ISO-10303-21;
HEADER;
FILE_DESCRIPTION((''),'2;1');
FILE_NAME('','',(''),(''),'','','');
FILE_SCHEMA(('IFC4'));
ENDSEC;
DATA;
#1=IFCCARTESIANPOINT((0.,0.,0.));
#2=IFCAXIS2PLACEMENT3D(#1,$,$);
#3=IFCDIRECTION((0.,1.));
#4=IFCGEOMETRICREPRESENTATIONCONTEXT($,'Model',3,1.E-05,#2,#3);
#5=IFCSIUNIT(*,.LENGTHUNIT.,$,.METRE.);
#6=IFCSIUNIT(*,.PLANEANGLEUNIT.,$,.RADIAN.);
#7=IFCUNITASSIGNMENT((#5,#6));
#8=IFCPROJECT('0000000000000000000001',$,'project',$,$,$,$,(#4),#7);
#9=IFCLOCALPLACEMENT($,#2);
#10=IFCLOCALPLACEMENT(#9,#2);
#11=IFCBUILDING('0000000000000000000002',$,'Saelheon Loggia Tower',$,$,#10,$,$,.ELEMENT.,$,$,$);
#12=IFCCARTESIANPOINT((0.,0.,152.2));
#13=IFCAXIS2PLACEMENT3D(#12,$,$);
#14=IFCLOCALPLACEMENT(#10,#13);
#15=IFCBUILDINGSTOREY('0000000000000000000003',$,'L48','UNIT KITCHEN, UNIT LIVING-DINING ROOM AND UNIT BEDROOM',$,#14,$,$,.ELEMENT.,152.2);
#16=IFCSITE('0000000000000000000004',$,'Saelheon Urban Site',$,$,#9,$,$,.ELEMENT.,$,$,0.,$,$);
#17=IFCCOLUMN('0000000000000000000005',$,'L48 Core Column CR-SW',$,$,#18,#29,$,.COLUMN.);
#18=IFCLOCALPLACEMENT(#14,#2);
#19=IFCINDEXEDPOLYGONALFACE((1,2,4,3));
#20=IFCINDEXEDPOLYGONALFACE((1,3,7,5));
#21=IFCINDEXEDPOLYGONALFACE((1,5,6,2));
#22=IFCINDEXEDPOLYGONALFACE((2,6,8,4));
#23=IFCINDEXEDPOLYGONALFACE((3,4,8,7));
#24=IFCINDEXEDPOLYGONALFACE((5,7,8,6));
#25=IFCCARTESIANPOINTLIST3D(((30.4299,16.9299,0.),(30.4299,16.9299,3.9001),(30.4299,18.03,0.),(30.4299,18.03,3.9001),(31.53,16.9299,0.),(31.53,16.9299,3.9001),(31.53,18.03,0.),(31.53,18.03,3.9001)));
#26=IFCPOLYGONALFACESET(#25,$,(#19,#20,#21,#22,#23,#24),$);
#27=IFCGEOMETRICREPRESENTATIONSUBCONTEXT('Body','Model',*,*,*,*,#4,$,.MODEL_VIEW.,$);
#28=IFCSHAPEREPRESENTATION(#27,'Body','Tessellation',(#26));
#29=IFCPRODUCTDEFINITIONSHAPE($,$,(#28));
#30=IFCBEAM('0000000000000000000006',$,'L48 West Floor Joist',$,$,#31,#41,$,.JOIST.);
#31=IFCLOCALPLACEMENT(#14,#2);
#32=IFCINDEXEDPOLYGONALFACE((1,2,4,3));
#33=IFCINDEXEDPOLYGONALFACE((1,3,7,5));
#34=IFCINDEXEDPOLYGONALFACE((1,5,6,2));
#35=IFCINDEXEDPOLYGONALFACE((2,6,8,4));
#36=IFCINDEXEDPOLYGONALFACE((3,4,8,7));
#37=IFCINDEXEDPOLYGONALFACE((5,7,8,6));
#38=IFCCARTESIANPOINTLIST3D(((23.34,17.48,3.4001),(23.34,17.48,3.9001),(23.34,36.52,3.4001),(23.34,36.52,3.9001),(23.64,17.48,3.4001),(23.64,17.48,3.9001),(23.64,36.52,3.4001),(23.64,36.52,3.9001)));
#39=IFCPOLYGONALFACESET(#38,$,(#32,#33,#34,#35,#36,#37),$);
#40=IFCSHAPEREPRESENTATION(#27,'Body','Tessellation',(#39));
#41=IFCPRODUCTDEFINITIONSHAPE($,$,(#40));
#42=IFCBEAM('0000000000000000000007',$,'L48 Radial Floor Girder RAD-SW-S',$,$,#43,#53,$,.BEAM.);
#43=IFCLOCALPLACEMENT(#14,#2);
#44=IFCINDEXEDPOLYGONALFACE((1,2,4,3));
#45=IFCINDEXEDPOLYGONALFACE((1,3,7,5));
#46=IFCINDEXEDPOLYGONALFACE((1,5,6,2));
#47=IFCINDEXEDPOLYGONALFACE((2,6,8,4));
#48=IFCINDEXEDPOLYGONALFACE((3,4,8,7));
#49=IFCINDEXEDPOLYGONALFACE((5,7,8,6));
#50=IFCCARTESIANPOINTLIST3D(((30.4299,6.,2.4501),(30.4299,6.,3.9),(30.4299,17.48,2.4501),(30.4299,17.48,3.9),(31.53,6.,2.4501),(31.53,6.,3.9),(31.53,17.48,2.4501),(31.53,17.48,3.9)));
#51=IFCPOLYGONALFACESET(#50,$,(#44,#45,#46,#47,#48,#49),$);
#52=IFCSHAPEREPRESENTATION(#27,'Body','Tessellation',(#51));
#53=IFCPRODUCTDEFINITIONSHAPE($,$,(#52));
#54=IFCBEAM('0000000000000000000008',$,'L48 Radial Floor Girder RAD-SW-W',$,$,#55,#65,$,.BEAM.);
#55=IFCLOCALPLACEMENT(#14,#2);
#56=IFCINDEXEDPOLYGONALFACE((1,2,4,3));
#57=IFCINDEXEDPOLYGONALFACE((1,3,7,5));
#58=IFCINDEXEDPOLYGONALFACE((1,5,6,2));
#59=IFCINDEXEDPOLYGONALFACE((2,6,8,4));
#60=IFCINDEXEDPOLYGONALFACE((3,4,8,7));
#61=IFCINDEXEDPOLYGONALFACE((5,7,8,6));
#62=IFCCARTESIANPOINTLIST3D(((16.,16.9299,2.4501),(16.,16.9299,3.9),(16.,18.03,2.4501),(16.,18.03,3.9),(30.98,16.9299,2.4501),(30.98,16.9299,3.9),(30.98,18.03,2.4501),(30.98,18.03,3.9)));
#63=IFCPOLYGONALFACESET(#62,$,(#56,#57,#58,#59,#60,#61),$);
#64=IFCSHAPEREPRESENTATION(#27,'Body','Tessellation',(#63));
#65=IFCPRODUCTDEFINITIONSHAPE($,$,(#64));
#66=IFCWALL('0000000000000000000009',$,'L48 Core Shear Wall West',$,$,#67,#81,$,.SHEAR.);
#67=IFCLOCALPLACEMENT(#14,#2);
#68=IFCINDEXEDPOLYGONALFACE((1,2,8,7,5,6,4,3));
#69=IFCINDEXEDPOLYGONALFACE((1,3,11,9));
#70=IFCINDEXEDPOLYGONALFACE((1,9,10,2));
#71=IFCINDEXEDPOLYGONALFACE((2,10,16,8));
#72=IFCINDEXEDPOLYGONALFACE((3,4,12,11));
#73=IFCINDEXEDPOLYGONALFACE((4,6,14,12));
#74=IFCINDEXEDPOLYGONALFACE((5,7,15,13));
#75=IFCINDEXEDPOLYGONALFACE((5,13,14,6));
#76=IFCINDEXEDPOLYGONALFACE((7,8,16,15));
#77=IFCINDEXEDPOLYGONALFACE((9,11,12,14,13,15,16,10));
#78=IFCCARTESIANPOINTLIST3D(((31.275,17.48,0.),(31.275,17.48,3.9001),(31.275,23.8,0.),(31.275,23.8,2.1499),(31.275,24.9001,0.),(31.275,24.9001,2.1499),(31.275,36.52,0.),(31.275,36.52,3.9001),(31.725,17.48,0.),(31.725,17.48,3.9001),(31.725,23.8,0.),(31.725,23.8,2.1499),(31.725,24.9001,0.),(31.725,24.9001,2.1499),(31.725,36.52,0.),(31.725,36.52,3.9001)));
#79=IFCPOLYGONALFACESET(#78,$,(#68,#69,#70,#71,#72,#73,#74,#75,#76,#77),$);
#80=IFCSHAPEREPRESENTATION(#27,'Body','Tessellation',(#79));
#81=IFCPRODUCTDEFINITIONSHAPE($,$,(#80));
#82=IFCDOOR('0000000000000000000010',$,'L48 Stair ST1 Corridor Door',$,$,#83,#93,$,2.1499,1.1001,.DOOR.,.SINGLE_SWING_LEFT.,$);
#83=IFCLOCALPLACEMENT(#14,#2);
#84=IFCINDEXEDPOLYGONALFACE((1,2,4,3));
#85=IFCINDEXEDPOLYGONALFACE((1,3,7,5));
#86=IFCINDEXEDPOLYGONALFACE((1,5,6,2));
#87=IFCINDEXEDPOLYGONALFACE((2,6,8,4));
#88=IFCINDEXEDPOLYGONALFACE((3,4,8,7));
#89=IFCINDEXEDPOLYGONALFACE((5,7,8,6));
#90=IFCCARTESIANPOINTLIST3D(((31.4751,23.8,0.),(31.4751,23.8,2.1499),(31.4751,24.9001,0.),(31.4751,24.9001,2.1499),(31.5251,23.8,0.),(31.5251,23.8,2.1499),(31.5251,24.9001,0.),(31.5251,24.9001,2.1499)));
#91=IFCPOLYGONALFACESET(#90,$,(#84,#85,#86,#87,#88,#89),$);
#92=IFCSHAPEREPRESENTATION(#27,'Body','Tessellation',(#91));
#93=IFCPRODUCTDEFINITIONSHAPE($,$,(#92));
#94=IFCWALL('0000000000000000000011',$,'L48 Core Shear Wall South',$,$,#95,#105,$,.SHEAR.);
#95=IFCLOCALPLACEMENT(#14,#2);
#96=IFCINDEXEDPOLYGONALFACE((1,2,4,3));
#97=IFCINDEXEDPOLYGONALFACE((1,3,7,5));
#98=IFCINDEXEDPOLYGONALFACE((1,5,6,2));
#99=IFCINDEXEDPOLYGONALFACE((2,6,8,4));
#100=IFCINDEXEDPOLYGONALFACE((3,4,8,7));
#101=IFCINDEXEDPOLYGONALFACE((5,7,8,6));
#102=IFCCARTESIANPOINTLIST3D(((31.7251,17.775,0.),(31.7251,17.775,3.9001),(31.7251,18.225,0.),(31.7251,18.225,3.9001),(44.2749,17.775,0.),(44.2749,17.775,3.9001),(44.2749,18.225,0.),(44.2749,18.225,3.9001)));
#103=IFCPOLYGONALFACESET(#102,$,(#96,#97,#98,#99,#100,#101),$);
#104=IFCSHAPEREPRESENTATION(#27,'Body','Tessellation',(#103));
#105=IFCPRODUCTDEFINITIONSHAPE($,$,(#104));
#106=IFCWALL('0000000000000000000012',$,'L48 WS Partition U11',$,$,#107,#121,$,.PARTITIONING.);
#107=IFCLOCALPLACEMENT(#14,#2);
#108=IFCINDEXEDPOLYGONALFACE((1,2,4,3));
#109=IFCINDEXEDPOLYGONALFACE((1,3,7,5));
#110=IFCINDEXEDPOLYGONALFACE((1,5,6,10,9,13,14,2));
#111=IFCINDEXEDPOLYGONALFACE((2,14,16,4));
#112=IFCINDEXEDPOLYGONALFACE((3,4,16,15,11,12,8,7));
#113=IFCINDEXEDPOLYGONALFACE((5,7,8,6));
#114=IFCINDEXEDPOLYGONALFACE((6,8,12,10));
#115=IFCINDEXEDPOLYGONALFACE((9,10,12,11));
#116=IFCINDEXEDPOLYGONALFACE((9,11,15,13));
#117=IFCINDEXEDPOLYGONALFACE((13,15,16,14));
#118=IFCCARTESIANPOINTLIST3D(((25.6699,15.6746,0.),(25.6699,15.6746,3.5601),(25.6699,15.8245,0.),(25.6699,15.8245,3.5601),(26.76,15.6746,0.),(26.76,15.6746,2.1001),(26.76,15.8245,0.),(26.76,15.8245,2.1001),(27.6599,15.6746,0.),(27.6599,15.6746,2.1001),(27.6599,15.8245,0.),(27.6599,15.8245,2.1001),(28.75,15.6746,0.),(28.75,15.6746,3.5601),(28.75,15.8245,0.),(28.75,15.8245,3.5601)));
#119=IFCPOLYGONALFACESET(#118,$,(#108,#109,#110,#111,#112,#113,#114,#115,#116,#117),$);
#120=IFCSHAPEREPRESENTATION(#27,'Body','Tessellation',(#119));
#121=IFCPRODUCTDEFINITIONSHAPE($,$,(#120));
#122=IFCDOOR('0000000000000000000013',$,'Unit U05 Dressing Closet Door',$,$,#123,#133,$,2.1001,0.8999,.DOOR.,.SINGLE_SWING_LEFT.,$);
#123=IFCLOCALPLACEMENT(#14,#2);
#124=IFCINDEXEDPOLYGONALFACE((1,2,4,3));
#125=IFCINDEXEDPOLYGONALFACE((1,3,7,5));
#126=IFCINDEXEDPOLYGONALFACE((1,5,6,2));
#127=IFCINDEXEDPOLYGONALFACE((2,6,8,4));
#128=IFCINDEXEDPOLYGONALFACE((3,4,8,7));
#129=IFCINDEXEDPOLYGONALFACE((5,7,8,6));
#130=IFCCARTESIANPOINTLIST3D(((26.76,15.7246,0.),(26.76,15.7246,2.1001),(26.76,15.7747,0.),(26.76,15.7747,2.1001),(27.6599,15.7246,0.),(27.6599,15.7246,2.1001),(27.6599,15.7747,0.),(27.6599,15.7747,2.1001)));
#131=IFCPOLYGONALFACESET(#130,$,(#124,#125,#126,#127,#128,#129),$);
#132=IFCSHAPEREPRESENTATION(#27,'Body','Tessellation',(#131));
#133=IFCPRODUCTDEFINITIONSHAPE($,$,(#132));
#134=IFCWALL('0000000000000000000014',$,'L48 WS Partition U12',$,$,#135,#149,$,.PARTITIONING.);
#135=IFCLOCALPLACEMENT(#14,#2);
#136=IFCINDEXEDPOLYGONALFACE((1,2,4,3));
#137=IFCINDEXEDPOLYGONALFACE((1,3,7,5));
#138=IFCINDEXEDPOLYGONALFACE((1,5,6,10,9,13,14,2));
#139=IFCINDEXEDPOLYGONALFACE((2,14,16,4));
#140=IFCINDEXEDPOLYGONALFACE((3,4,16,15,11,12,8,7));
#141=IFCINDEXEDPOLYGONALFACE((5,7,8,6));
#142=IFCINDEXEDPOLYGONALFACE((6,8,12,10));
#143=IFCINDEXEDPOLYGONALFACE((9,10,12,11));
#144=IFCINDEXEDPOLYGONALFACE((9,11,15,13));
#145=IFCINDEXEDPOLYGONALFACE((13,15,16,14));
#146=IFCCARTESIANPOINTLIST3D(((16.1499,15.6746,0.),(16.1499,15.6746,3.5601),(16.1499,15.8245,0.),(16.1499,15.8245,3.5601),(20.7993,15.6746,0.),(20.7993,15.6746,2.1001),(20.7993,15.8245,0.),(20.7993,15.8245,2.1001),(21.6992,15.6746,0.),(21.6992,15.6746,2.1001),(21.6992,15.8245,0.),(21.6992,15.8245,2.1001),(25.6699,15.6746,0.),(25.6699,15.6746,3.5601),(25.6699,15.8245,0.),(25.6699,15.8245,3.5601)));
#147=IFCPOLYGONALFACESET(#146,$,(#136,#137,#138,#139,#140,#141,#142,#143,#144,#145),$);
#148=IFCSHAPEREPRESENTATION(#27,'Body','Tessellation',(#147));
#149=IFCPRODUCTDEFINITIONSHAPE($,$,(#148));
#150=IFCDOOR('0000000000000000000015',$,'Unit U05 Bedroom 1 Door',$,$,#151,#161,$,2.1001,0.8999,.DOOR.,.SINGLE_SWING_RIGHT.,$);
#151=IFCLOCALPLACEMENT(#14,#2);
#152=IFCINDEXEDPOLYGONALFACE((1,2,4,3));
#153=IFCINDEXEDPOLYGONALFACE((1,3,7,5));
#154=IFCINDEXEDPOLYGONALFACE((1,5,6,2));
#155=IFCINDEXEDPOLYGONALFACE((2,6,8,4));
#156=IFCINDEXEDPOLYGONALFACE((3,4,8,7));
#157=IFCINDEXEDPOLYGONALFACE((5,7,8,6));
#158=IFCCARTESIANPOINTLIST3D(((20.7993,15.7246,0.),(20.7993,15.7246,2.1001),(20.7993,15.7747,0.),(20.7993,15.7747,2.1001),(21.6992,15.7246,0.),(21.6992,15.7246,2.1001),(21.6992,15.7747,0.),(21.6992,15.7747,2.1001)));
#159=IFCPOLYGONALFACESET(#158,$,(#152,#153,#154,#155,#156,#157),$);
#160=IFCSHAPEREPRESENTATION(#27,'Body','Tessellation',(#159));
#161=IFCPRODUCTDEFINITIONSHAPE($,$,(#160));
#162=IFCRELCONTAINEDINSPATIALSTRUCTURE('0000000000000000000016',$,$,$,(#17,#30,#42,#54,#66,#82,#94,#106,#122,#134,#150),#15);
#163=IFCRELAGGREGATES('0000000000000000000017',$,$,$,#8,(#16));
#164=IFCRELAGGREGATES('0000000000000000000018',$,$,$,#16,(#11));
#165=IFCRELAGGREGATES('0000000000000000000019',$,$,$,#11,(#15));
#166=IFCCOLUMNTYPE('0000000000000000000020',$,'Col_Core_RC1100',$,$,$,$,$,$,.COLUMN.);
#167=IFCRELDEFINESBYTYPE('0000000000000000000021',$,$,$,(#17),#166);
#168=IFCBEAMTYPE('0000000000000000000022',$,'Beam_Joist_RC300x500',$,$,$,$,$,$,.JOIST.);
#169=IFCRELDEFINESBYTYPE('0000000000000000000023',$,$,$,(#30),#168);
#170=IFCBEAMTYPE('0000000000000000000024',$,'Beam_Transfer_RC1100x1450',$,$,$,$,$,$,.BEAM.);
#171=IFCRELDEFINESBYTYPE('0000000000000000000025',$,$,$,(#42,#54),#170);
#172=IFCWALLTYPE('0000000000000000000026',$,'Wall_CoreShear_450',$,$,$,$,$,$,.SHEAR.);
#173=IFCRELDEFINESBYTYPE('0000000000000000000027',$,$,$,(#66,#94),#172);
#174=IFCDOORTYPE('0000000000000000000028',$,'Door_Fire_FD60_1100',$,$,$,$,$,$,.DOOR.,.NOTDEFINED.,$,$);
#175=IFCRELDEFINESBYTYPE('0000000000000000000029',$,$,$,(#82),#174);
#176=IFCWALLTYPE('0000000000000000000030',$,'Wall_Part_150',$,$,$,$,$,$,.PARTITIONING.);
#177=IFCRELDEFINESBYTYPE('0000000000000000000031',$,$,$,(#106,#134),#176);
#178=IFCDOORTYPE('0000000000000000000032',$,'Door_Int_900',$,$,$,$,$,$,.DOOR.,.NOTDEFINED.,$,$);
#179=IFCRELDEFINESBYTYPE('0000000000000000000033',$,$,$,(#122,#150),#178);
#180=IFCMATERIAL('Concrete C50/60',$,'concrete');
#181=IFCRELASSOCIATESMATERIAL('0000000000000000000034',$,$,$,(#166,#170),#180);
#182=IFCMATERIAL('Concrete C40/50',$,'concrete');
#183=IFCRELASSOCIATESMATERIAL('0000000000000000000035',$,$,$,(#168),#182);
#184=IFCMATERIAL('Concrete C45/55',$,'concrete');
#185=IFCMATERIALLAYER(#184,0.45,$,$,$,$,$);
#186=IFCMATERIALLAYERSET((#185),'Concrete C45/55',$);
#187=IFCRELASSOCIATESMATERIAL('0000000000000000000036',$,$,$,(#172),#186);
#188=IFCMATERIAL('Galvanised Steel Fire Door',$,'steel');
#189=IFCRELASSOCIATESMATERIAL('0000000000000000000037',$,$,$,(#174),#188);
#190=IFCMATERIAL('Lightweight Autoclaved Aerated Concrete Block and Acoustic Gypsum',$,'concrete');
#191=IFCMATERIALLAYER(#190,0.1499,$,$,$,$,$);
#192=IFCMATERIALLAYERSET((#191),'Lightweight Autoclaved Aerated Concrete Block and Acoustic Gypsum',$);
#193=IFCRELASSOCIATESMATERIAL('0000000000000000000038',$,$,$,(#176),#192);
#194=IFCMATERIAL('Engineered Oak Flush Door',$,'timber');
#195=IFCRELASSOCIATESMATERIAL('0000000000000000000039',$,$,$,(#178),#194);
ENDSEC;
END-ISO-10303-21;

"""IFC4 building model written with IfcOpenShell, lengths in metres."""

from ifc_helpers import new_model, si_unit, direction, frame, frame_2d, origin, origin_2d, place, context, subcontext, project, spatial, rectangle, extrude, source, transform, mapped, material, layer, layer_set, material_profile, profile_set, type_object, element, fill, save


model = new_model("IFC4")

# Units and contexts
model_context = context("Model", 3, precision=1e-05, world=origin(), true_north=direction((0.0, 1.0)))
body_context = subcontext(model_context, "Body", "Model", "MODEL_VIEW")
ifc_project = project(units=[si_unit("LENGTHUNIT", "METRE"), si_unit("PLANEANGLEUNIT", "RADIAN")], contexts=[model_context])

# Site, building, storey
site_placement = place(None, origin())
site = spatial("IfcSite", under=ifc_project, at=site_placement, Name="Saelheon Urban Site", CompositionType="ELEMENT", RefElevation=0.0)
building_placement = place(site_placement, origin())
building = spatial("IfcBuilding", under=site, at=building_placement, Name="Saelheon Loggia Tower", CompositionType="ELEMENT")
storey_placement = place(building_placement, frame((0.0, 0.0, 152.2)))
storey = spatial("IfcBuildingStorey", under=building, at=storey_placement, Name="L48", Description="UNIT KITCHEN, UNIT LIVING-DINING ROOM AND UNIT BEDROOM", CompositionType="ELEMENT", Elevation=152.2)

# Column
ifc_material_1 = material(Name="Concrete C50/60", Category="concrete")
ifc_material_profile_1 = material_profile(ifc_material_1, rectangle(XDim=1.1001, YDim=1.1001, at=origin_2d()), Name="RC-1100x1100")
ifc_profile_set_1 = profile_set([ifc_material_profile_1], Name="Concrete C50/60")
column_type = type_object("IfcColumnType", Name="Col_Core_RC1100", PredefinedType="COLUMN", material=ifc_profile_set_1)
shared_shape_1 = source(origin(), body_context, "Body", "SweptSolid", [
    extrude(rectangle(XDim=1.1001, YDim=1.1001, at=origin_2d()), origin(), (0.0, 0.0, 1.0), 3.9001),
])
column_placement = place(storey_placement, frame((30.98, 17.48, 0.0), z_axis=(0.0, 0.0, 1.0), x_axis=(1.0, 0.0, 0.0)))
element("IfcColumn", 1, at=column_placement, inside=storey, type_object=column_type, Name="L48 Core Column CR-SW", PredefinedType="COLUMN", context=body_context, shape_type="MappedRepresentation", body=[
    mapped(shared_shape_1, transform((0.0, 0.0, 0.0), scale=1.0)),
])

# Beams
ifc_material_2 = material(Name="Concrete C40/50", Category="concrete")
ifc_material_profile_2 = material_profile(ifc_material_2, rectangle(XDim=0.3, YDim=0.5, at=origin_2d()), Name="RC-300x500")
ifc_profile_set_2 = profile_set([ifc_material_profile_2], Name="Concrete C40/50")
beam_type_1 = type_object("IfcBeamType", Name="Beam_Joist_RC300x500", PredefinedType="JOIST", material=ifc_profile_set_2)
shared_shape_2 = source(origin(), body_context, "Body", "SweptSolid", [
    extrude(rectangle(XDim=0.3, YDim=0.5, at=origin_2d()), origin(), (0.0, 0.0, 1.0), 19.04),
])
beam_1_placement = place(storey_placement, frame((23.49, 17.48, 3.6501), z_axis=(0.0, 1.0, 0.0), x_axis=(-1.0, 0.0, 0.0)))
element("IfcBeam", 2, at=beam_1_placement, inside=storey, type_object=beam_type_1, Name="L48 West Floor Joist", PredefinedType="JOIST", context=body_context, shape_type="MappedRepresentation", body=[
    mapped(shared_shape_2, transform((0.0, 0.0, 0.0), scale=1.0)),
])
ifc_material_profile_3 = material_profile(ifc_material_1, rectangle(XDim=1.1001, YDim=1.45, at=origin_2d()), Name="RC-1100x1450")
ifc_profile_set_3 = profile_set([ifc_material_profile_3], Name="Concrete C50/60")
beam_type_2 = type_object("IfcBeamType", Name="Beam_Transfer_RC1100x1450", PredefinedType="BEAM", material=ifc_profile_set_3)
shared_shape_3 = source(origin(), body_context, "Body", "SweptSolid", [
    extrude(rectangle(XDim=1.1001, YDim=1.45, at=origin_2d()), origin(), (0.0, 0.0, 1.0), 11.48),
])
beam_2_placement = place(storey_placement, frame((30.98, 17.48, 3.175), z_axis=(0.0, -1.0, 0.0), x_axis=(1.0, 0.0, 0.0)))
element("IfcBeam", 3, at=beam_2_placement, inside=storey, type_object=beam_type_2, Name="L48 Radial Floor Girder RAD-SW-S", PredefinedType="BEAM", context=body_context, shape_type="MappedRepresentation", body=[
    mapped(shared_shape_3, transform((0.0, 0.0, 0.0), scale=1.0)),
])
shared_shape_4 = source(origin(), body_context, "Body", "SweptSolid", [
    extrude(rectangle(XDim=1.1001, YDim=1.45, at=origin_2d()), origin(), (0.0, 0.0, 1.0), 14.98),
])
beam_3_placement = place(storey_placement, frame((30.98, 17.48, 3.175), z_axis=(-1.0, 0.0, 0.0), x_axis=(0.0, -1.0, 0.0)))
element("IfcBeam", 4, at=beam_3_placement, inside=storey, type_object=beam_type_2, Name="L48 Radial Floor Girder RAD-SW-W", PredefinedType="BEAM", context=body_context, shape_type="MappedRepresentation", body=[
    mapped(shared_shape_4, transform((0.0, 0.0, 0.0), scale=1.0)),
])

# Wall, opening, door
ifc_material_3 = material(Name="Concrete C45/55", Category="concrete")
ifc_layer_1 = layer(ifc_material_3, 0.45)
ifc_layer_set_1 = layer_set([ifc_layer_1], Name="Concrete C45/55")
wall_type_1 = type_object("IfcWallType", Name="Wall_CoreShear_450", PredefinedType="SHEAR", material=ifc_layer_set_1)
wall_1_placement = place(storey_placement, frame((31.5, 17.48, 0.0), z_axis=(0.0, 0.0, 1.0), x_axis=(0.0, 1.0, 0.0)))
wall_1 = element("IfcWall", 5, at=wall_1_placement, inside=storey, type_object=wall_type_1, Name="L48 Core Shear Wall West", PredefinedType="SHEAR", context=body_context, shape_type="SweptSolid", body=[
    extrude(rectangle(XDim=19.04, YDim=0.45, at=frame_2d((9.52, 0.0))), origin(), (0.0, 0.0, 1.0), 3.9001),
])
opening_1_placement = place(wall_1_placement, frame((6.3201, 0.0, 0.0)))
opening_1 = element("IfcOpeningElement", 6, at=opening_1_placement, cuts=wall_1, PredefinedType="OPENING", context=body_context, shape_type="SweptSolid", body=[
    extrude(rectangle(XDim=1.1001, YDim=2.1499, at=frame_2d((0.55, 1.075))), frame((0.0, 0.2371, 0.0), z_axis=(0.0, -1.0, 0.0), x_axis=(1.0, 0.0, 0.0)), (0.0, 0.0, 1.0), 0.4739),
])
ifc_material_4 = material(Name="Galvanised Steel Fire Door", Category="steel")
door_type_1 = type_object("IfcDoorType", Name="Door_Fire_FD60_1100", OperationType="NOTDEFINED", PredefinedType="DOOR", material=ifc_material_4)
shared_shape_5 = source(origin(), body_context, "Body", "SweptSolid", [
    extrude(rectangle(XDim=1.1001, YDim=2.1499, at=frame_2d((0.55, 1.075))), frame((0.0, 0.0249, 0.0), z_axis=(0.0, -1.0, 0.0), x_axis=(1.0, 0.0, 0.0)), (0.0, 0.0, 1.0), 0.05),
])
door_1_placement = place(opening_1_placement, origin())
door_1 = element("IfcDoor", 7, at=door_1_placement, inside=storey, type_object=door_type_1, Name="L48 Stair ST1 Corridor Door", OperationType="SINGLE_SWING_LEFT", OverallHeight=2.1499, OverallWidth=1.1001, PredefinedType="DOOR", context=body_context, shape_type="MappedRepresentation", body=[
    mapped(shared_shape_5, transform((0.0, 0.0, 0.0), scale=1.0)),
])
fill(opening_1, door_1)

# Wall
wall_2_placement = place(storey_placement, frame((31.7251, 18.0, 0.0), z_axis=(0.0, 0.0, 1.0), x_axis=(1.0, 0.0, 0.0)))
element("IfcWall", 8, at=wall_2_placement, inside=storey, type_object=wall_type_1, Name="L48 Core Shear Wall South", PredefinedType="SHEAR", context=body_context, shape_type="SweptSolid", body=[
    extrude(rectangle(XDim=12.5498, YDim=0.45, at=frame_2d((6.2749, 0.0))), origin(), (0.0, 0.0, 1.0), 3.9001),
])

# Walls, openings, doors
ifc_material_5 = material(Name="Lightweight Autoclaved Aerated Concrete Block and Acoustic Gypsum", Category="concrete")
ifc_layer_2 = layer(ifc_material_5, 0.1499)
ifc_layer_set_2 = layer_set([ifc_layer_2], Name="Lightweight Autoclaved Aerated Concrete Block and Acoustic Gypsum")
wall_type_2 = type_object("IfcWallType", Name="Wall_Part_150", PredefinedType="PARTITIONING", material=ifc_layer_set_2)
wall_3_placement = place(storey_placement, frame((28.75, 15.7495, 0.0), z_axis=(0.0, 0.0, 1.0), x_axis=(-1.0, 0.0, 0.0)))
wall_3 = element("IfcWall", 9, at=wall_3_placement, inside=storey, type_object=wall_type_2, Name="L48 WS Partition U11", PredefinedType="PARTITIONING", context=body_context, shape_type="SweptSolid", body=[
    extrude(rectangle(XDim=3.0801, YDim=0.1499, at=frame_2d((1.54, 0.0))), origin(), (0.0, 0.0, 1.0), 3.5601),
])
opening_2_placement = place(wall_3_placement, frame((1.0901, 0.0, 0.0)))
opening_2 = element("IfcOpeningElement", 10, at=opening_2_placement, cuts=wall_3, PredefinedType="OPENING", context=body_context, shape_type="SweptSolid", body=[
    extrude(rectangle(XDim=0.8999, YDim=2.1001, at=frame_2d((0.45, 1.05))), frame((0.0, 0.0869, 0.0), z_axis=(0.0, -1.0, 0.0), x_axis=(1.0, 0.0, 0.0)), (0.0, 0.0, 1.0), 0.1738),
])
ifc_material_6 = material(Name="Engineered Oak Flush Door", Category="timber")
door_type_2 = type_object("IfcDoorType", Name="Door_Int_900", OperationType="NOTDEFINED", PredefinedType="DOOR", material=ifc_material_6)
shared_shape_6 = source(origin(), body_context, "Body", "SweptSolid", [
    extrude(rectangle(XDim=0.8999, YDim=2.1001, at=frame_2d((0.45, 1.05))), frame((0.0, 0.0249, 0.0), z_axis=(0.0, -1.0, 0.0), x_axis=(1.0, 0.0, 0.0)), (0.0, 0.0, 1.0), 0.05),
])
door_2_placement = place(opening_2_placement, origin())
door_2 = element("IfcDoor", 11, at=door_2_placement, inside=storey, type_object=door_type_2, Name="Unit U05 Dressing Closet Door", OperationType="SINGLE_SWING_LEFT", OverallHeight=2.1001, OverallWidth=0.8999, PredefinedType="DOOR", context=body_context, shape_type="MappedRepresentation", body=[
    mapped(shared_shape_6, transform((0.0, 0.0, 0.0), scale=1.0)),
])
fill(opening_2, door_2)
wall_4_placement = place(storey_placement, frame((25.6699, 15.7495, 0.0), z_axis=(0.0, 0.0, 1.0), x_axis=(-1.0, 0.0, 0.0)))
wall_4 = element("IfcWall", 12, at=wall_4_placement, inside=storey, type_object=wall_type_2, Name="L48 WS Partition U12", PredefinedType="PARTITIONING", context=body_context, shape_type="SweptSolid", body=[
    extrude(rectangle(XDim=9.52, YDim=0.1499, at=frame_2d((4.76, 0.0))), origin(), (0.0, 0.0, 1.0), 3.5601),
])
opening_3_placement = place(wall_4_placement, frame((3.9707, 0.0, 0.0)))
opening_3 = element("IfcOpeningElement", 13, at=opening_3_placement, cuts=wall_4, PredefinedType="OPENING", context=body_context, shape_type="SweptSolid", body=[
    extrude(rectangle(XDim=0.8999, YDim=2.1001, at=frame_2d((0.45, 1.05))), frame((0.0, 0.0869, 0.0), z_axis=(0.0, -1.0, 0.0), x_axis=(1.0, 0.0, 0.0)), (0.0, 0.0, 1.0), 0.1738),
])
door_3_placement = place(opening_3_placement, origin())
door_3 = element("IfcDoor", 14, at=door_3_placement, inside=storey, type_object=door_type_2, Name="Unit U05 Bedroom 1 Door", OperationType="SINGLE_SWING_RIGHT", OverallHeight=2.1001, OverallWidth=0.8999, PredefinedType="DOOR", context=body_context, shape_type="MappedRepresentation", body=[
    mapped(shared_shape_6, transform((0.0, 0.0, 0.0), scale=1.0)),
])
fill(opening_3, door_3)

save(model, "model.ifc")
